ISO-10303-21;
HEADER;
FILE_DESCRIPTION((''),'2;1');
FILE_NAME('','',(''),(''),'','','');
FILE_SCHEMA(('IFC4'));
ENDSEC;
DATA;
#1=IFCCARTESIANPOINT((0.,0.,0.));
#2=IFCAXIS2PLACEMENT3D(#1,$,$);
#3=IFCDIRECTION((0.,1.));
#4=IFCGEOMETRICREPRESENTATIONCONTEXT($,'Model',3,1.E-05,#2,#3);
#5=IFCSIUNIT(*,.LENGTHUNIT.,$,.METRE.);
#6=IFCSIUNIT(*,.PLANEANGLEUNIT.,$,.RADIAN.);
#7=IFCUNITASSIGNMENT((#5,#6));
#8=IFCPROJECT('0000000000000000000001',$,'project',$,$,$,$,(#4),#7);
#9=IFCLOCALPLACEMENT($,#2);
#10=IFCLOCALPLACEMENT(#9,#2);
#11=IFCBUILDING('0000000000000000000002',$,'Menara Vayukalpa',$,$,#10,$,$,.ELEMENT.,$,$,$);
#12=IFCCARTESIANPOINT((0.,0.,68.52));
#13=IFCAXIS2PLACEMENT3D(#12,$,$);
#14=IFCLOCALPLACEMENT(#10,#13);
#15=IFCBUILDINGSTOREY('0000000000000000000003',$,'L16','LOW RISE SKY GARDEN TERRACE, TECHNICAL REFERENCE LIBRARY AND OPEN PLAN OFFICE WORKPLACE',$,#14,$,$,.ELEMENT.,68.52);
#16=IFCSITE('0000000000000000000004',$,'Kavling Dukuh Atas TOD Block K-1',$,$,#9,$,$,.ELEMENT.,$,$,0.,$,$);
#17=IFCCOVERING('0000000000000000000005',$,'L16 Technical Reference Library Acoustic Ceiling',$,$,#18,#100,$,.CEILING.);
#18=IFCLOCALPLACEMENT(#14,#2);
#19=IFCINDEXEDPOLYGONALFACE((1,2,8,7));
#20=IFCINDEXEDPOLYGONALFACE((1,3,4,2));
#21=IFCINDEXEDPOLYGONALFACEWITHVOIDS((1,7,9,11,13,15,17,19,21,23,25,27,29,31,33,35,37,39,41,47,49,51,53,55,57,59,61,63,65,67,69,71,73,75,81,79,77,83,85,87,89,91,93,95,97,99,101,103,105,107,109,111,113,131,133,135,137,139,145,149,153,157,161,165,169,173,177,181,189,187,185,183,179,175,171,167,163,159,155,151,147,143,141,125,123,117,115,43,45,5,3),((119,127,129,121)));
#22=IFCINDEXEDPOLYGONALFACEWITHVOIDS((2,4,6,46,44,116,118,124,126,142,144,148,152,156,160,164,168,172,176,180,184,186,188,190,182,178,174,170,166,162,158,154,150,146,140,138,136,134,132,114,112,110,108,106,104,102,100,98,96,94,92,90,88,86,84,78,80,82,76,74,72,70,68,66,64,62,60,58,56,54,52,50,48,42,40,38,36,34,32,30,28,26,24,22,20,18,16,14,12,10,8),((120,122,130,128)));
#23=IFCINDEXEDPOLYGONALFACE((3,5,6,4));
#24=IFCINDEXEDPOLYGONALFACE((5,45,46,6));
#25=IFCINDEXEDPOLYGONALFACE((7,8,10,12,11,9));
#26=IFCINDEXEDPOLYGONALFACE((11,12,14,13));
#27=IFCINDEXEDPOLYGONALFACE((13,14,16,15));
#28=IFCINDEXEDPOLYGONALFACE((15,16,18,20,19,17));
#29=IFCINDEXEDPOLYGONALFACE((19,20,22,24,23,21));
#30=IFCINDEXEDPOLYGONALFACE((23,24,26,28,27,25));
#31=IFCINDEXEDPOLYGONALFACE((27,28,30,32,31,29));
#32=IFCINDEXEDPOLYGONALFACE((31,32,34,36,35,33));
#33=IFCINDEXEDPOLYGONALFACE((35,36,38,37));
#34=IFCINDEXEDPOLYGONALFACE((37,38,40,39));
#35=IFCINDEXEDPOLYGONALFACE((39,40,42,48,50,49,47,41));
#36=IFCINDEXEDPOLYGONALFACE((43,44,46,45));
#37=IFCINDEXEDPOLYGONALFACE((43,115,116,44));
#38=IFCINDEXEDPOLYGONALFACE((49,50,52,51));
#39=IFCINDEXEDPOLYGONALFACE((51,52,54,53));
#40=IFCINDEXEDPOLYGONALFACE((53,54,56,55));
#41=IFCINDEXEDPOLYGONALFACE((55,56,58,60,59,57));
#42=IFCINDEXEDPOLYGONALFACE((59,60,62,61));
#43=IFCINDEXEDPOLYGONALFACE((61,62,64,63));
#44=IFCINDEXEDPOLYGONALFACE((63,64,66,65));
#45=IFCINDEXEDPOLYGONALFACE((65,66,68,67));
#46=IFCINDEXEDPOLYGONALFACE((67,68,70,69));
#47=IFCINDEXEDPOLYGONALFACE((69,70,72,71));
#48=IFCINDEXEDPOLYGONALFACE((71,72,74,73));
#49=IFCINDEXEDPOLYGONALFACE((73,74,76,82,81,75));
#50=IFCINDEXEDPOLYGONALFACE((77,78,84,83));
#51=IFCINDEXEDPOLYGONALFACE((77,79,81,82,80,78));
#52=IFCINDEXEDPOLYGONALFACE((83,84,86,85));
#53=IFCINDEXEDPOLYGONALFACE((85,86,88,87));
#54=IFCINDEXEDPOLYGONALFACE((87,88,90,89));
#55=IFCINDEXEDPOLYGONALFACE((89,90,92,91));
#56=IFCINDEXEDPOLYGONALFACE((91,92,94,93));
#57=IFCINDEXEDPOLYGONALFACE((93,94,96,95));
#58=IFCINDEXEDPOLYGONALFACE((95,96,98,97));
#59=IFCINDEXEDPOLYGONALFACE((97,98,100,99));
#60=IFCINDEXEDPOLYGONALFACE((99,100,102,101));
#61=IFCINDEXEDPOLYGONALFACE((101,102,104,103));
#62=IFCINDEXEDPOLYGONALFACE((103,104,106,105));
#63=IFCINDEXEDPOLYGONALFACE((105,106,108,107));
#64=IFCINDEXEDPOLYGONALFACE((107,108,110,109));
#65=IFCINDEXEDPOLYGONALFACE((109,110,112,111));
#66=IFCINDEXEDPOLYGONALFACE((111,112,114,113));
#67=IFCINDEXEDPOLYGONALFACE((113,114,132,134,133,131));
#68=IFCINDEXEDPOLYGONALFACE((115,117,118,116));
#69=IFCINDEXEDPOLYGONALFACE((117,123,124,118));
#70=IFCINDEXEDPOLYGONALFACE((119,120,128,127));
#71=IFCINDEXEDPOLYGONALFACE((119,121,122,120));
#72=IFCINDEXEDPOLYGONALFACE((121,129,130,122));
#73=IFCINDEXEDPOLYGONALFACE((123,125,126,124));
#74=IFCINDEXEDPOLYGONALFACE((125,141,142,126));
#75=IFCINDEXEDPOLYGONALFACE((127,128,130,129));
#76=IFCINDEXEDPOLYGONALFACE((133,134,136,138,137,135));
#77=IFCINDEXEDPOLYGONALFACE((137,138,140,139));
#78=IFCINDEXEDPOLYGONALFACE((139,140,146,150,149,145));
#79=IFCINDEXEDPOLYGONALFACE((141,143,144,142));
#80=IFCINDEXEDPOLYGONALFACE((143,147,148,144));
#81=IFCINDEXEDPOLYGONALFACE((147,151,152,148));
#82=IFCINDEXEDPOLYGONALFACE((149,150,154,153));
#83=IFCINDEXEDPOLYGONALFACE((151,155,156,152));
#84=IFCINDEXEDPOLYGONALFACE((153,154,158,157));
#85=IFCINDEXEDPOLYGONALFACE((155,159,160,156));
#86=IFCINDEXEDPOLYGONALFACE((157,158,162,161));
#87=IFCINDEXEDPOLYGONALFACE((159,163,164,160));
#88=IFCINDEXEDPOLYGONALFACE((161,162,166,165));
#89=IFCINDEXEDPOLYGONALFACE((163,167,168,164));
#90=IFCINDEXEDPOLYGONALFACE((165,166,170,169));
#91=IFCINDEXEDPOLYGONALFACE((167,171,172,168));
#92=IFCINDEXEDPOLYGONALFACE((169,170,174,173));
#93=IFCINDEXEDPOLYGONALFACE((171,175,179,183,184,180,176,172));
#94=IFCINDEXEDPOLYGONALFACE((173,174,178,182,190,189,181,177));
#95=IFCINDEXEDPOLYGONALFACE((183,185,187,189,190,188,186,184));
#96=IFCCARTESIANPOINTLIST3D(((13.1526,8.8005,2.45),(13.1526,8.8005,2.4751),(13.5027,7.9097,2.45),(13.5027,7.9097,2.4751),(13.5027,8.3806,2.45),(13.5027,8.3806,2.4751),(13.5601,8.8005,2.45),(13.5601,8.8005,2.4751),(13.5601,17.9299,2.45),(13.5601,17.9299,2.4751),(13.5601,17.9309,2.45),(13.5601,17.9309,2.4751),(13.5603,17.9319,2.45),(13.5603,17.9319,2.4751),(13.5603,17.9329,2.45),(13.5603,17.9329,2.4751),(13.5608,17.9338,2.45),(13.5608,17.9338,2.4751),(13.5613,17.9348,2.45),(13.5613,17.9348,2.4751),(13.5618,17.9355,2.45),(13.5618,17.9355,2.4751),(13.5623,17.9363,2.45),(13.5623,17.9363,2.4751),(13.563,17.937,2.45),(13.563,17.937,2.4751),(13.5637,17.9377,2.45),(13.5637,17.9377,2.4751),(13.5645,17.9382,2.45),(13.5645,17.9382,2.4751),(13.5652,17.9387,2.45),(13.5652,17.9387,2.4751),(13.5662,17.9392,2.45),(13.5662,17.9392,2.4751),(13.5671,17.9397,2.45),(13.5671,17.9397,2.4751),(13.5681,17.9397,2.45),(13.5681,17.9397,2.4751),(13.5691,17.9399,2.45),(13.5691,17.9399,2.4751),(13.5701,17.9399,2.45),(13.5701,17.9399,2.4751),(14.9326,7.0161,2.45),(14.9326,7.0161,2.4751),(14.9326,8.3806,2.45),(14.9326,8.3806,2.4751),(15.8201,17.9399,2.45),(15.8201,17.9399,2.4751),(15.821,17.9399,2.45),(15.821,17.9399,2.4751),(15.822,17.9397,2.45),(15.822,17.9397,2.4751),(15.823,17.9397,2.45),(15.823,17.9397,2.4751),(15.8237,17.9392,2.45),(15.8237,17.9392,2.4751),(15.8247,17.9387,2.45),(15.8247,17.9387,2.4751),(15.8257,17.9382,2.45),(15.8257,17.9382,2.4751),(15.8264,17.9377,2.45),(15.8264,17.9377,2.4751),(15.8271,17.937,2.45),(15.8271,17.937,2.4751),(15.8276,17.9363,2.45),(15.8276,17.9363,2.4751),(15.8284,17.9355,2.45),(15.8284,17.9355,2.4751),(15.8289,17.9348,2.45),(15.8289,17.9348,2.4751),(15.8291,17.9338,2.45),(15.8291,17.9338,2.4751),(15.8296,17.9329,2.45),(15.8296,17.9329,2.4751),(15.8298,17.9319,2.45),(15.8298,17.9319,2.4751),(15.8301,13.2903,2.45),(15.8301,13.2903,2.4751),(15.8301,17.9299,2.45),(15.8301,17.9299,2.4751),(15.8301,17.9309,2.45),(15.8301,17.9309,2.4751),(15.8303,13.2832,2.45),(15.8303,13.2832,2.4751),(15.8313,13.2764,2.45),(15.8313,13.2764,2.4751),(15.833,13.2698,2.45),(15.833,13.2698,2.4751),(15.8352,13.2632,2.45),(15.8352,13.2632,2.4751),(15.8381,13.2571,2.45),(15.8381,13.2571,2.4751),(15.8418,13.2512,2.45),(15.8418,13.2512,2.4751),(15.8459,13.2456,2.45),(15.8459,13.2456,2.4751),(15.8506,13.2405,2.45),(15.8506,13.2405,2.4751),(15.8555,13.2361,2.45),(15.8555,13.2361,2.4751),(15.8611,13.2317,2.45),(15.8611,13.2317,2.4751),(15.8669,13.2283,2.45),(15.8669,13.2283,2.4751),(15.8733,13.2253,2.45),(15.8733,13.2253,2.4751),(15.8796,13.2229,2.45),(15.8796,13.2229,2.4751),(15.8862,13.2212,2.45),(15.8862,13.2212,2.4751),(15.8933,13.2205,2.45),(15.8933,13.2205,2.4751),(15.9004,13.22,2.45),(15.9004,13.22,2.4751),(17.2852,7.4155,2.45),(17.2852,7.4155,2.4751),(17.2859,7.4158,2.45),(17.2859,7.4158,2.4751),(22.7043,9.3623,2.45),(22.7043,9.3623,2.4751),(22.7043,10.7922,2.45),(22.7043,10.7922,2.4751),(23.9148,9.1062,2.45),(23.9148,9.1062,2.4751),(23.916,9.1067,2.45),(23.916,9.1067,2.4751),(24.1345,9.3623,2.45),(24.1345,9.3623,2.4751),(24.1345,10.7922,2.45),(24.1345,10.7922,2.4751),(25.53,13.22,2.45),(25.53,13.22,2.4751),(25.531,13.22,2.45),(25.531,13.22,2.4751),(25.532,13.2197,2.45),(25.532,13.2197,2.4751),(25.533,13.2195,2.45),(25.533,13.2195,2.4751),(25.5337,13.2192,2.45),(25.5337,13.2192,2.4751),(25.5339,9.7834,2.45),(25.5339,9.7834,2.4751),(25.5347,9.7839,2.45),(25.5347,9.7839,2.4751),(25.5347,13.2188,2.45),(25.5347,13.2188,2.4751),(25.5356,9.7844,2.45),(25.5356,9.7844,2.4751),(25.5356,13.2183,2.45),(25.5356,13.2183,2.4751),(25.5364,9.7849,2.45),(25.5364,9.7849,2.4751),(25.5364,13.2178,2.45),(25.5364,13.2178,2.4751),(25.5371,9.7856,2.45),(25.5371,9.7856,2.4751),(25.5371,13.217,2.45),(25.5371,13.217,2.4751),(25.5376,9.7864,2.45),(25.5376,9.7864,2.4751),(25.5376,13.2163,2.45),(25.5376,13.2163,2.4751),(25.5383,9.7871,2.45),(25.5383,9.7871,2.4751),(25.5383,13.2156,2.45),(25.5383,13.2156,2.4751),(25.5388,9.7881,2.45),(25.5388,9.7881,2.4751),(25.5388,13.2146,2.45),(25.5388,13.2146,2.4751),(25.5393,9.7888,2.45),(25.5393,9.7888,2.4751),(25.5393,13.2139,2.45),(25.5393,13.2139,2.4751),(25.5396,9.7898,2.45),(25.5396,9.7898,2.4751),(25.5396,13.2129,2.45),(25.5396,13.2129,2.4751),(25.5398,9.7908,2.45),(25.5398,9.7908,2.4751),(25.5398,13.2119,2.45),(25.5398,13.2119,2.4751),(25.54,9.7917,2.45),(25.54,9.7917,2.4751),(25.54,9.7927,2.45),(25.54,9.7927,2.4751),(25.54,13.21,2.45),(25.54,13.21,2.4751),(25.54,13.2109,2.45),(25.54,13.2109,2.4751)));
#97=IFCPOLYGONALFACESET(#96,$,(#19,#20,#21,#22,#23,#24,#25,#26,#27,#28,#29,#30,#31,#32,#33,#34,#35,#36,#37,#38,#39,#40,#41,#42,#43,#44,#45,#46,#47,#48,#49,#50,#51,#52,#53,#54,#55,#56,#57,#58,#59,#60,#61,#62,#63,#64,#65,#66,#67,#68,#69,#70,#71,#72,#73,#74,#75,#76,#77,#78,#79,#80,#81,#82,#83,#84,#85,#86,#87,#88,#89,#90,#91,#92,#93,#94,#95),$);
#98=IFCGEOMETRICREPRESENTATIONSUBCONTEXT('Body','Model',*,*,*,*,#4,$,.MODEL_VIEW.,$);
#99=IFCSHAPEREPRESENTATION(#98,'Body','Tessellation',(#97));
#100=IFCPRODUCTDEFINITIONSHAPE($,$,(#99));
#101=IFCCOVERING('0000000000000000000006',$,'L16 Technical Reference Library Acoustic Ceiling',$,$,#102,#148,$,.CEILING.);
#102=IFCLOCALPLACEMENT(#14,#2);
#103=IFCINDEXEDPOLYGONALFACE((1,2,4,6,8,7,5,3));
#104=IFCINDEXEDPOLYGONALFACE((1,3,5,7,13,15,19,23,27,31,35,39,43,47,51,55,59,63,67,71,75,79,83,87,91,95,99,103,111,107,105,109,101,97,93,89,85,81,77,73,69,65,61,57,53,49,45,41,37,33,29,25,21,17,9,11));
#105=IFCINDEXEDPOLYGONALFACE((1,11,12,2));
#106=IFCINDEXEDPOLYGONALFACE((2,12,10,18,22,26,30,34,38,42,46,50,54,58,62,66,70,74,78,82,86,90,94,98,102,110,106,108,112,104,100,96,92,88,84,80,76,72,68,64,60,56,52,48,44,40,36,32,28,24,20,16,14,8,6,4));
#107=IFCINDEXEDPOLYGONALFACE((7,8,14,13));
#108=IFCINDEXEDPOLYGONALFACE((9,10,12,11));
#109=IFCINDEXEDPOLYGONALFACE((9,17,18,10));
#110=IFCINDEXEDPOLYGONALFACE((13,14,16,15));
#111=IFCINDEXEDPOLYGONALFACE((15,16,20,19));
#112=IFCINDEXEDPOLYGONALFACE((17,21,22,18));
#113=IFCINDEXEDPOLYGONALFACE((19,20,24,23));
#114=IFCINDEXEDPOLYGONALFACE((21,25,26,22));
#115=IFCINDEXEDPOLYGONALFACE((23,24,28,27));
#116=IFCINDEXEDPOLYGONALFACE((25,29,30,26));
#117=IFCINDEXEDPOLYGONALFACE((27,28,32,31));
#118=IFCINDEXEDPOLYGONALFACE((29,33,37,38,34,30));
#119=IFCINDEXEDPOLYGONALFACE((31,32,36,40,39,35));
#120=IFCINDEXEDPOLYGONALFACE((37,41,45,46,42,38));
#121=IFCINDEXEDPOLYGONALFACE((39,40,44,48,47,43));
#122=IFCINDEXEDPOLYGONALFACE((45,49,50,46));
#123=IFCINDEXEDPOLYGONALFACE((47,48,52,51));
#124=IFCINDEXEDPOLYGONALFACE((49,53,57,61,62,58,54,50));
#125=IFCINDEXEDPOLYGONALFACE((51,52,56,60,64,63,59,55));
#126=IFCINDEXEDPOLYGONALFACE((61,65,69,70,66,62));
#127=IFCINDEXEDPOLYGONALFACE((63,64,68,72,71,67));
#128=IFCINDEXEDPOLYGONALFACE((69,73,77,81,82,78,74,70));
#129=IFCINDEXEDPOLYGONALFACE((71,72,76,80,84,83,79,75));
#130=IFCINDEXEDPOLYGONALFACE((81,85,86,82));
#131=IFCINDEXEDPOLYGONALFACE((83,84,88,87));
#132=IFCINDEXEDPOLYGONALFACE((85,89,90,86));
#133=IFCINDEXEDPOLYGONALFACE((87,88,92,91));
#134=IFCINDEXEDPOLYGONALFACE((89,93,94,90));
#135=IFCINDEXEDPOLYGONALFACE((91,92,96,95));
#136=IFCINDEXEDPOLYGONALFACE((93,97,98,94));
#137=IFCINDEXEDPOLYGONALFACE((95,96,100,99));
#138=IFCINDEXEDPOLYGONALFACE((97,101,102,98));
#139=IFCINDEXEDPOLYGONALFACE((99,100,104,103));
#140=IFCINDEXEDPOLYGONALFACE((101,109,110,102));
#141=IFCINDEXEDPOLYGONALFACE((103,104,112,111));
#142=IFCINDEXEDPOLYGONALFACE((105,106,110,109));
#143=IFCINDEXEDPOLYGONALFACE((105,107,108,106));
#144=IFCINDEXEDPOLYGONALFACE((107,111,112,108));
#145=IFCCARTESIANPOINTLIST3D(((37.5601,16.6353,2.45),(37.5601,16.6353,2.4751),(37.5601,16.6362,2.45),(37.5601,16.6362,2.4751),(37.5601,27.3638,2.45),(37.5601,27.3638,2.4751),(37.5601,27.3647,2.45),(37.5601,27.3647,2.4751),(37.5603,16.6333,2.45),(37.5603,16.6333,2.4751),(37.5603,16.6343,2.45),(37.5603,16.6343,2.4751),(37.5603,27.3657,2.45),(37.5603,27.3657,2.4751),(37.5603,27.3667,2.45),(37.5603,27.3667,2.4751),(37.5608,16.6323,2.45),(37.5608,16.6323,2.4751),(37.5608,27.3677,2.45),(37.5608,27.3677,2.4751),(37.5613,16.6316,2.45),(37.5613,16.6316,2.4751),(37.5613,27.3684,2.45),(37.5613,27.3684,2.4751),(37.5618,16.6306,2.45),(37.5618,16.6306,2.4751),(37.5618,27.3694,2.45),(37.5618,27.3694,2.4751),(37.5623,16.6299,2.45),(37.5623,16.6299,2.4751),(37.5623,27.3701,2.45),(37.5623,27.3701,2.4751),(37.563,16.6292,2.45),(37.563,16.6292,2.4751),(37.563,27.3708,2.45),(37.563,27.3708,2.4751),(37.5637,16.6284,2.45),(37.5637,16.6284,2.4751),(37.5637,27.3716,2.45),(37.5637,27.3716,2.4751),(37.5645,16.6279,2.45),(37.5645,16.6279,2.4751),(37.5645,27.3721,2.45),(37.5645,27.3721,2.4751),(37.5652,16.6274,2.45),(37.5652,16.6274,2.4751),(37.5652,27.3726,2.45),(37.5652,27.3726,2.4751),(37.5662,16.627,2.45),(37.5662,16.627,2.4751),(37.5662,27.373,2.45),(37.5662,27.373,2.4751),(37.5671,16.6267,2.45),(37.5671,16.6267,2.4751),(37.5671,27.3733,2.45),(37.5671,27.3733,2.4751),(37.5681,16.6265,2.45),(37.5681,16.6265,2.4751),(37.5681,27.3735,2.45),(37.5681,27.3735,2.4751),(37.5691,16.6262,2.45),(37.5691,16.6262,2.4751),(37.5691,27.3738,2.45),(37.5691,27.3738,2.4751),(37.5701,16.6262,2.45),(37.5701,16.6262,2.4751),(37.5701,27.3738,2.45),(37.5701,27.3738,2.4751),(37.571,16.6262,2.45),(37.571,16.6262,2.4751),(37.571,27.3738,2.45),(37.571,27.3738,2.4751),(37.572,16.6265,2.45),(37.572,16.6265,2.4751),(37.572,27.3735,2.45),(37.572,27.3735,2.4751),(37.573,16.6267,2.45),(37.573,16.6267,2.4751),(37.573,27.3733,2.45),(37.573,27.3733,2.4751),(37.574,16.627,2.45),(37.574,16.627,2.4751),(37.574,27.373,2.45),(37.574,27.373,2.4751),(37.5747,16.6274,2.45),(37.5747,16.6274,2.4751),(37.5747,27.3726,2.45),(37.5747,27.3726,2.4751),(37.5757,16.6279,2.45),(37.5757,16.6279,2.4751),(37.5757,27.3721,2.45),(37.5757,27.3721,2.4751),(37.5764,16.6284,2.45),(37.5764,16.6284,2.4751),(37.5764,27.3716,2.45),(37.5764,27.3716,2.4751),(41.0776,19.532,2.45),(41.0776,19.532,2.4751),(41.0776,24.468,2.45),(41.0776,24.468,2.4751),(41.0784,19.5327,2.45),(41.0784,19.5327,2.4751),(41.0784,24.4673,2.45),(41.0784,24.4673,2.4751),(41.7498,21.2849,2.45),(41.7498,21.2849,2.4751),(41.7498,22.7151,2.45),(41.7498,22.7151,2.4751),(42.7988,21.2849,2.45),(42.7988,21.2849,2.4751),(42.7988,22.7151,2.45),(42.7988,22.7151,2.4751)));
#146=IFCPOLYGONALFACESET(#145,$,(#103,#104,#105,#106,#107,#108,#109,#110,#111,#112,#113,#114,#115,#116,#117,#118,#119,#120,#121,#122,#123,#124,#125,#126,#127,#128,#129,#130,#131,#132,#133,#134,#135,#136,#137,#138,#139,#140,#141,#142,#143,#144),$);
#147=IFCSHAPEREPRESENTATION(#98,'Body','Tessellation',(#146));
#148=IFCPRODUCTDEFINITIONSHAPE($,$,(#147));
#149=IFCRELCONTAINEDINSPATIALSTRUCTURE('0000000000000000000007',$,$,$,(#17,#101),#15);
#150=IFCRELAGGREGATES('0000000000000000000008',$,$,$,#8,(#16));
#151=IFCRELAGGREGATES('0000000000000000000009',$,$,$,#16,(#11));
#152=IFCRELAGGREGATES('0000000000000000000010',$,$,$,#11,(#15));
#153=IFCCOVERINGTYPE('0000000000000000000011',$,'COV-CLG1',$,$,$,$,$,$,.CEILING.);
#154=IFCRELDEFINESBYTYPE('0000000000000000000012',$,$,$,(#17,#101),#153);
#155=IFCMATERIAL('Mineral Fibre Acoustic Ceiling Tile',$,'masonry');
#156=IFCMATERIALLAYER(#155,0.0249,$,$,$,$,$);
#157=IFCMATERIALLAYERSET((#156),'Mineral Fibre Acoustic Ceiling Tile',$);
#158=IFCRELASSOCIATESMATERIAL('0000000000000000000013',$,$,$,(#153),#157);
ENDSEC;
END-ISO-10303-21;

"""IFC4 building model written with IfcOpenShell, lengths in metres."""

from ifc_helpers import new_model, si_unit, direction, frame, origin, place, context, subcontext, project, spatial, polyline, outline, extrude, material, layer, layer_set, type_object, element, save


model = new_model("IFC4")

# Units and contexts
model_context = context("Model", 3, precision=1e-05, world=origin(), true_north=direction((0.0, 1.0)))
body_context = subcontext(model_context, "Body", "Model", "MODEL_VIEW")
ifc_project = project(units=[si_unit("LENGTHUNIT", "METRE"), si_unit("PLANEANGLEUNIT", "RADIAN")], contexts=[model_context])

# Site, building, storey
site_placement = place(None, origin())
site = spatial("IfcSite", under=ifc_project, at=site_placement, Name="Kavling Dukuh Atas TOD Block K-1", CompositionType="ELEMENT", RefElevation=0.0)
building_placement = place(site_placement, origin())
building = spatial("IfcBuilding", under=site, at=building_placement, Name="Menara Vayukalpa", CompositionType="ELEMENT")
storey_placement = place(building_placement, frame((0.0, 0.0, 68.52)))
storey = spatial("IfcBuildingStorey", under=building, at=storey_placement, Name="L16", Description="LOW RISE SKY GARDEN TERRACE, TECHNICAL REFERENCE LIBRARY AND OPEN PLAN OFFICE WORKPLACE", CompositionType="ELEMENT", Elevation=68.52)

# Coverings
ifc_material_1 = material(Name="Mineral Fibre Acoustic Ceiling Tile", Category="masonry")
ifc_layer_1 = layer(ifc_material_1, 0.0249)
ifc_layer_set_1 = layer_set([ifc_layer_1], Name="Mineral Fibre Acoustic Ceiling Tile")
covering_type_1 = type_object("IfcCoveringType", Name="COV-CLG1", PredefinedType="CEILING", material=ifc_layer_set_1)
covering_1_placement = place(storey_placement, frame((0.0, 0.0, 2.45)))
element("IfcCovering", 1, at=covering_1_placement, inside=storey, type_object=covering_type_1, Name="L16 Technical Reference Library Acoustic Ceiling", PredefinedType="CEILING", context=body_context, shape_type="SweptSolid", body=[
    extrude(outline(polyline([(13.5601, 8.8005), (13.5601, 17.9299), (13.5601, 17.9309), (13.5603, 17.9319), (13.5603, 17.9329), (13.5608, 17.9338), (13.5613, 17.9348), (13.5618, 17.9355), (13.5623, 17.9363), (13.563, 17.937), (13.5637, 17.9377), (13.5645, 17.9382), (13.5652, 17.9387), (13.5662, 17.9392), (13.5671, 17.9397), (13.5681, 17.9397), (13.5691, 17.9399), (13.5701, 17.9399), (15.8201, 17.9399), (15.821, 17.9399), (15.822, 17.9397), (15.823, 17.9397), (15.8237, 17.9392), (15.8247, 17.9387), (15.8257, 17.9382), (15.8264, 17.9377), (15.8271, 17.937), (15.8276, 17.9363), (15.8284, 17.9355), (15.8289, 17.9348), (15.8291, 17.9338), (15.8296, 17.9329), (15.8298, 17.9319), (15.8301, 17.9309), (15.8301, 17.9299), (15.8301, 13.2903), (15.8303, 13.2832), (15.8313, 13.2764), (15.833, 13.2698), (15.8352, 13.2632), (15.8381, 13.2571), (15.8418, 13.2512), (15.8459, 13.2456), (15.8506, 13.2405), (15.8555, 13.2361), (15.8611, 13.2317), (15.8669, 13.2283), (15.8733, 13.2253), (15.8796, 13.2229), (15.8862, 13.2212), (15.8933, 13.2205), (15.9004, 13.22), (25.53, 13.22), (25.531, 13.22), (25.532, 13.2197), (25.533, 13.2195), (25.5337, 13.2192), (25.5347, 13.2188), (25.5356, 13.2183), (25.5364, 13.2178), (25.5371, 13.217), (25.5376, 13.2163), (25.5383, 13.2156), (25.5388, 13.2146), (25.5393, 13.2139), (25.5396, 13.2129), (25.5398, 13.2119), (25.54, 13.2109), (25.54, 13.21), (25.54, 9.7927), (25.54, 9.7917), (25.5398, 9.7908), (25.5396, 9.7898), (25.5393, 9.7888), (25.5388, 9.7881), (25.5383, 9.7871), (25.5376, 9.7864), (25.5371, 9.7856), (25.5364, 9.7849), (25.5356, 9.7844), (25.5347, 9.7839), (25.5339, 9.7834), (23.916, 9.1067), (23.9148, 9.1062), (17.2859, 7.4158), (17.2852, 7.4155), (14.9326, 7.0161), (14.9326, 8.3806), (13.5027, 8.3806), (13.5027, 7.9097), (13.1526, 8.8005), (13.5601, 8.8005)]), holes=[polyline([(24.1345, 10.7922), (22.7043, 10.7922), (22.7043, 9.3623), (24.1345, 9.3623), (24.1345, 10.7922)])]), origin(), (0.0, 0.0, 1.0), 0.0251),
])
covering_2_placement = place(storey_placement, frame((0.0, 0.0, 2.45)))
element("IfcCovering", 2, at=covering_2_placement, inside=storey, type_object=covering_type_1, Name="L16 Technical Reference Library Acoustic Ceiling", PredefinedType="CEILING", context=body_context, shape_type="SweptSolid", body=[
    extrude(outline(polyline([(42.7988, 22.7151), (41.7498, 22.7151), (41.7498, 21.2849), (42.7988, 21.2849), (41.0784, 19.5327), (41.0776, 19.532), (37.5764, 16.6284), (37.5757, 16.6279), (37.5747, 16.6274), (37.574, 16.627), (37.573, 16.6267), (37.572, 16.6265), (37.571, 16.6262), (37.5701, 16.6262), (37.5691, 16.6262), (37.5681, 16.6265), (37.5671, 16.6267), (37.5662, 16.627), (37.5652, 16.6274), (37.5645, 16.6279), (37.5637, 16.6284), (37.563, 16.6292), (37.5623, 16.6299), (37.5618, 16.6306), (37.5613, 16.6316), (37.5608, 16.6323), (37.5603, 16.6333), (37.5603, 16.6343), (37.5601, 16.6353), (37.5601, 16.6362), (37.5601, 27.3638), (37.5601, 27.3647), (37.5603, 27.3657), (37.5603, 27.3667), (37.5608, 27.3677), (37.5613, 27.3684), (37.5618, 27.3694), (37.5623, 27.3701), (37.563, 27.3708), (37.5637, 27.3716), (37.5645, 27.3721), (37.5652, 27.3726), (37.5662, 27.373), (37.5671, 27.3733), (37.5681, 27.3735), (37.5691, 27.3738), (37.5701, 27.3738), (37.571, 27.3738), (37.572, 27.3735), (37.573, 27.3733), (37.574, 27.373), (37.5747, 27.3726), (37.5757, 27.3721), (37.5764, 27.3716), (41.0776, 24.468), (41.0784, 24.4673), (42.7988, 22.7151)])), origin(), (0.0, 0.0, 1.0), 0.0251),
])

save(model, "model.ifc")
